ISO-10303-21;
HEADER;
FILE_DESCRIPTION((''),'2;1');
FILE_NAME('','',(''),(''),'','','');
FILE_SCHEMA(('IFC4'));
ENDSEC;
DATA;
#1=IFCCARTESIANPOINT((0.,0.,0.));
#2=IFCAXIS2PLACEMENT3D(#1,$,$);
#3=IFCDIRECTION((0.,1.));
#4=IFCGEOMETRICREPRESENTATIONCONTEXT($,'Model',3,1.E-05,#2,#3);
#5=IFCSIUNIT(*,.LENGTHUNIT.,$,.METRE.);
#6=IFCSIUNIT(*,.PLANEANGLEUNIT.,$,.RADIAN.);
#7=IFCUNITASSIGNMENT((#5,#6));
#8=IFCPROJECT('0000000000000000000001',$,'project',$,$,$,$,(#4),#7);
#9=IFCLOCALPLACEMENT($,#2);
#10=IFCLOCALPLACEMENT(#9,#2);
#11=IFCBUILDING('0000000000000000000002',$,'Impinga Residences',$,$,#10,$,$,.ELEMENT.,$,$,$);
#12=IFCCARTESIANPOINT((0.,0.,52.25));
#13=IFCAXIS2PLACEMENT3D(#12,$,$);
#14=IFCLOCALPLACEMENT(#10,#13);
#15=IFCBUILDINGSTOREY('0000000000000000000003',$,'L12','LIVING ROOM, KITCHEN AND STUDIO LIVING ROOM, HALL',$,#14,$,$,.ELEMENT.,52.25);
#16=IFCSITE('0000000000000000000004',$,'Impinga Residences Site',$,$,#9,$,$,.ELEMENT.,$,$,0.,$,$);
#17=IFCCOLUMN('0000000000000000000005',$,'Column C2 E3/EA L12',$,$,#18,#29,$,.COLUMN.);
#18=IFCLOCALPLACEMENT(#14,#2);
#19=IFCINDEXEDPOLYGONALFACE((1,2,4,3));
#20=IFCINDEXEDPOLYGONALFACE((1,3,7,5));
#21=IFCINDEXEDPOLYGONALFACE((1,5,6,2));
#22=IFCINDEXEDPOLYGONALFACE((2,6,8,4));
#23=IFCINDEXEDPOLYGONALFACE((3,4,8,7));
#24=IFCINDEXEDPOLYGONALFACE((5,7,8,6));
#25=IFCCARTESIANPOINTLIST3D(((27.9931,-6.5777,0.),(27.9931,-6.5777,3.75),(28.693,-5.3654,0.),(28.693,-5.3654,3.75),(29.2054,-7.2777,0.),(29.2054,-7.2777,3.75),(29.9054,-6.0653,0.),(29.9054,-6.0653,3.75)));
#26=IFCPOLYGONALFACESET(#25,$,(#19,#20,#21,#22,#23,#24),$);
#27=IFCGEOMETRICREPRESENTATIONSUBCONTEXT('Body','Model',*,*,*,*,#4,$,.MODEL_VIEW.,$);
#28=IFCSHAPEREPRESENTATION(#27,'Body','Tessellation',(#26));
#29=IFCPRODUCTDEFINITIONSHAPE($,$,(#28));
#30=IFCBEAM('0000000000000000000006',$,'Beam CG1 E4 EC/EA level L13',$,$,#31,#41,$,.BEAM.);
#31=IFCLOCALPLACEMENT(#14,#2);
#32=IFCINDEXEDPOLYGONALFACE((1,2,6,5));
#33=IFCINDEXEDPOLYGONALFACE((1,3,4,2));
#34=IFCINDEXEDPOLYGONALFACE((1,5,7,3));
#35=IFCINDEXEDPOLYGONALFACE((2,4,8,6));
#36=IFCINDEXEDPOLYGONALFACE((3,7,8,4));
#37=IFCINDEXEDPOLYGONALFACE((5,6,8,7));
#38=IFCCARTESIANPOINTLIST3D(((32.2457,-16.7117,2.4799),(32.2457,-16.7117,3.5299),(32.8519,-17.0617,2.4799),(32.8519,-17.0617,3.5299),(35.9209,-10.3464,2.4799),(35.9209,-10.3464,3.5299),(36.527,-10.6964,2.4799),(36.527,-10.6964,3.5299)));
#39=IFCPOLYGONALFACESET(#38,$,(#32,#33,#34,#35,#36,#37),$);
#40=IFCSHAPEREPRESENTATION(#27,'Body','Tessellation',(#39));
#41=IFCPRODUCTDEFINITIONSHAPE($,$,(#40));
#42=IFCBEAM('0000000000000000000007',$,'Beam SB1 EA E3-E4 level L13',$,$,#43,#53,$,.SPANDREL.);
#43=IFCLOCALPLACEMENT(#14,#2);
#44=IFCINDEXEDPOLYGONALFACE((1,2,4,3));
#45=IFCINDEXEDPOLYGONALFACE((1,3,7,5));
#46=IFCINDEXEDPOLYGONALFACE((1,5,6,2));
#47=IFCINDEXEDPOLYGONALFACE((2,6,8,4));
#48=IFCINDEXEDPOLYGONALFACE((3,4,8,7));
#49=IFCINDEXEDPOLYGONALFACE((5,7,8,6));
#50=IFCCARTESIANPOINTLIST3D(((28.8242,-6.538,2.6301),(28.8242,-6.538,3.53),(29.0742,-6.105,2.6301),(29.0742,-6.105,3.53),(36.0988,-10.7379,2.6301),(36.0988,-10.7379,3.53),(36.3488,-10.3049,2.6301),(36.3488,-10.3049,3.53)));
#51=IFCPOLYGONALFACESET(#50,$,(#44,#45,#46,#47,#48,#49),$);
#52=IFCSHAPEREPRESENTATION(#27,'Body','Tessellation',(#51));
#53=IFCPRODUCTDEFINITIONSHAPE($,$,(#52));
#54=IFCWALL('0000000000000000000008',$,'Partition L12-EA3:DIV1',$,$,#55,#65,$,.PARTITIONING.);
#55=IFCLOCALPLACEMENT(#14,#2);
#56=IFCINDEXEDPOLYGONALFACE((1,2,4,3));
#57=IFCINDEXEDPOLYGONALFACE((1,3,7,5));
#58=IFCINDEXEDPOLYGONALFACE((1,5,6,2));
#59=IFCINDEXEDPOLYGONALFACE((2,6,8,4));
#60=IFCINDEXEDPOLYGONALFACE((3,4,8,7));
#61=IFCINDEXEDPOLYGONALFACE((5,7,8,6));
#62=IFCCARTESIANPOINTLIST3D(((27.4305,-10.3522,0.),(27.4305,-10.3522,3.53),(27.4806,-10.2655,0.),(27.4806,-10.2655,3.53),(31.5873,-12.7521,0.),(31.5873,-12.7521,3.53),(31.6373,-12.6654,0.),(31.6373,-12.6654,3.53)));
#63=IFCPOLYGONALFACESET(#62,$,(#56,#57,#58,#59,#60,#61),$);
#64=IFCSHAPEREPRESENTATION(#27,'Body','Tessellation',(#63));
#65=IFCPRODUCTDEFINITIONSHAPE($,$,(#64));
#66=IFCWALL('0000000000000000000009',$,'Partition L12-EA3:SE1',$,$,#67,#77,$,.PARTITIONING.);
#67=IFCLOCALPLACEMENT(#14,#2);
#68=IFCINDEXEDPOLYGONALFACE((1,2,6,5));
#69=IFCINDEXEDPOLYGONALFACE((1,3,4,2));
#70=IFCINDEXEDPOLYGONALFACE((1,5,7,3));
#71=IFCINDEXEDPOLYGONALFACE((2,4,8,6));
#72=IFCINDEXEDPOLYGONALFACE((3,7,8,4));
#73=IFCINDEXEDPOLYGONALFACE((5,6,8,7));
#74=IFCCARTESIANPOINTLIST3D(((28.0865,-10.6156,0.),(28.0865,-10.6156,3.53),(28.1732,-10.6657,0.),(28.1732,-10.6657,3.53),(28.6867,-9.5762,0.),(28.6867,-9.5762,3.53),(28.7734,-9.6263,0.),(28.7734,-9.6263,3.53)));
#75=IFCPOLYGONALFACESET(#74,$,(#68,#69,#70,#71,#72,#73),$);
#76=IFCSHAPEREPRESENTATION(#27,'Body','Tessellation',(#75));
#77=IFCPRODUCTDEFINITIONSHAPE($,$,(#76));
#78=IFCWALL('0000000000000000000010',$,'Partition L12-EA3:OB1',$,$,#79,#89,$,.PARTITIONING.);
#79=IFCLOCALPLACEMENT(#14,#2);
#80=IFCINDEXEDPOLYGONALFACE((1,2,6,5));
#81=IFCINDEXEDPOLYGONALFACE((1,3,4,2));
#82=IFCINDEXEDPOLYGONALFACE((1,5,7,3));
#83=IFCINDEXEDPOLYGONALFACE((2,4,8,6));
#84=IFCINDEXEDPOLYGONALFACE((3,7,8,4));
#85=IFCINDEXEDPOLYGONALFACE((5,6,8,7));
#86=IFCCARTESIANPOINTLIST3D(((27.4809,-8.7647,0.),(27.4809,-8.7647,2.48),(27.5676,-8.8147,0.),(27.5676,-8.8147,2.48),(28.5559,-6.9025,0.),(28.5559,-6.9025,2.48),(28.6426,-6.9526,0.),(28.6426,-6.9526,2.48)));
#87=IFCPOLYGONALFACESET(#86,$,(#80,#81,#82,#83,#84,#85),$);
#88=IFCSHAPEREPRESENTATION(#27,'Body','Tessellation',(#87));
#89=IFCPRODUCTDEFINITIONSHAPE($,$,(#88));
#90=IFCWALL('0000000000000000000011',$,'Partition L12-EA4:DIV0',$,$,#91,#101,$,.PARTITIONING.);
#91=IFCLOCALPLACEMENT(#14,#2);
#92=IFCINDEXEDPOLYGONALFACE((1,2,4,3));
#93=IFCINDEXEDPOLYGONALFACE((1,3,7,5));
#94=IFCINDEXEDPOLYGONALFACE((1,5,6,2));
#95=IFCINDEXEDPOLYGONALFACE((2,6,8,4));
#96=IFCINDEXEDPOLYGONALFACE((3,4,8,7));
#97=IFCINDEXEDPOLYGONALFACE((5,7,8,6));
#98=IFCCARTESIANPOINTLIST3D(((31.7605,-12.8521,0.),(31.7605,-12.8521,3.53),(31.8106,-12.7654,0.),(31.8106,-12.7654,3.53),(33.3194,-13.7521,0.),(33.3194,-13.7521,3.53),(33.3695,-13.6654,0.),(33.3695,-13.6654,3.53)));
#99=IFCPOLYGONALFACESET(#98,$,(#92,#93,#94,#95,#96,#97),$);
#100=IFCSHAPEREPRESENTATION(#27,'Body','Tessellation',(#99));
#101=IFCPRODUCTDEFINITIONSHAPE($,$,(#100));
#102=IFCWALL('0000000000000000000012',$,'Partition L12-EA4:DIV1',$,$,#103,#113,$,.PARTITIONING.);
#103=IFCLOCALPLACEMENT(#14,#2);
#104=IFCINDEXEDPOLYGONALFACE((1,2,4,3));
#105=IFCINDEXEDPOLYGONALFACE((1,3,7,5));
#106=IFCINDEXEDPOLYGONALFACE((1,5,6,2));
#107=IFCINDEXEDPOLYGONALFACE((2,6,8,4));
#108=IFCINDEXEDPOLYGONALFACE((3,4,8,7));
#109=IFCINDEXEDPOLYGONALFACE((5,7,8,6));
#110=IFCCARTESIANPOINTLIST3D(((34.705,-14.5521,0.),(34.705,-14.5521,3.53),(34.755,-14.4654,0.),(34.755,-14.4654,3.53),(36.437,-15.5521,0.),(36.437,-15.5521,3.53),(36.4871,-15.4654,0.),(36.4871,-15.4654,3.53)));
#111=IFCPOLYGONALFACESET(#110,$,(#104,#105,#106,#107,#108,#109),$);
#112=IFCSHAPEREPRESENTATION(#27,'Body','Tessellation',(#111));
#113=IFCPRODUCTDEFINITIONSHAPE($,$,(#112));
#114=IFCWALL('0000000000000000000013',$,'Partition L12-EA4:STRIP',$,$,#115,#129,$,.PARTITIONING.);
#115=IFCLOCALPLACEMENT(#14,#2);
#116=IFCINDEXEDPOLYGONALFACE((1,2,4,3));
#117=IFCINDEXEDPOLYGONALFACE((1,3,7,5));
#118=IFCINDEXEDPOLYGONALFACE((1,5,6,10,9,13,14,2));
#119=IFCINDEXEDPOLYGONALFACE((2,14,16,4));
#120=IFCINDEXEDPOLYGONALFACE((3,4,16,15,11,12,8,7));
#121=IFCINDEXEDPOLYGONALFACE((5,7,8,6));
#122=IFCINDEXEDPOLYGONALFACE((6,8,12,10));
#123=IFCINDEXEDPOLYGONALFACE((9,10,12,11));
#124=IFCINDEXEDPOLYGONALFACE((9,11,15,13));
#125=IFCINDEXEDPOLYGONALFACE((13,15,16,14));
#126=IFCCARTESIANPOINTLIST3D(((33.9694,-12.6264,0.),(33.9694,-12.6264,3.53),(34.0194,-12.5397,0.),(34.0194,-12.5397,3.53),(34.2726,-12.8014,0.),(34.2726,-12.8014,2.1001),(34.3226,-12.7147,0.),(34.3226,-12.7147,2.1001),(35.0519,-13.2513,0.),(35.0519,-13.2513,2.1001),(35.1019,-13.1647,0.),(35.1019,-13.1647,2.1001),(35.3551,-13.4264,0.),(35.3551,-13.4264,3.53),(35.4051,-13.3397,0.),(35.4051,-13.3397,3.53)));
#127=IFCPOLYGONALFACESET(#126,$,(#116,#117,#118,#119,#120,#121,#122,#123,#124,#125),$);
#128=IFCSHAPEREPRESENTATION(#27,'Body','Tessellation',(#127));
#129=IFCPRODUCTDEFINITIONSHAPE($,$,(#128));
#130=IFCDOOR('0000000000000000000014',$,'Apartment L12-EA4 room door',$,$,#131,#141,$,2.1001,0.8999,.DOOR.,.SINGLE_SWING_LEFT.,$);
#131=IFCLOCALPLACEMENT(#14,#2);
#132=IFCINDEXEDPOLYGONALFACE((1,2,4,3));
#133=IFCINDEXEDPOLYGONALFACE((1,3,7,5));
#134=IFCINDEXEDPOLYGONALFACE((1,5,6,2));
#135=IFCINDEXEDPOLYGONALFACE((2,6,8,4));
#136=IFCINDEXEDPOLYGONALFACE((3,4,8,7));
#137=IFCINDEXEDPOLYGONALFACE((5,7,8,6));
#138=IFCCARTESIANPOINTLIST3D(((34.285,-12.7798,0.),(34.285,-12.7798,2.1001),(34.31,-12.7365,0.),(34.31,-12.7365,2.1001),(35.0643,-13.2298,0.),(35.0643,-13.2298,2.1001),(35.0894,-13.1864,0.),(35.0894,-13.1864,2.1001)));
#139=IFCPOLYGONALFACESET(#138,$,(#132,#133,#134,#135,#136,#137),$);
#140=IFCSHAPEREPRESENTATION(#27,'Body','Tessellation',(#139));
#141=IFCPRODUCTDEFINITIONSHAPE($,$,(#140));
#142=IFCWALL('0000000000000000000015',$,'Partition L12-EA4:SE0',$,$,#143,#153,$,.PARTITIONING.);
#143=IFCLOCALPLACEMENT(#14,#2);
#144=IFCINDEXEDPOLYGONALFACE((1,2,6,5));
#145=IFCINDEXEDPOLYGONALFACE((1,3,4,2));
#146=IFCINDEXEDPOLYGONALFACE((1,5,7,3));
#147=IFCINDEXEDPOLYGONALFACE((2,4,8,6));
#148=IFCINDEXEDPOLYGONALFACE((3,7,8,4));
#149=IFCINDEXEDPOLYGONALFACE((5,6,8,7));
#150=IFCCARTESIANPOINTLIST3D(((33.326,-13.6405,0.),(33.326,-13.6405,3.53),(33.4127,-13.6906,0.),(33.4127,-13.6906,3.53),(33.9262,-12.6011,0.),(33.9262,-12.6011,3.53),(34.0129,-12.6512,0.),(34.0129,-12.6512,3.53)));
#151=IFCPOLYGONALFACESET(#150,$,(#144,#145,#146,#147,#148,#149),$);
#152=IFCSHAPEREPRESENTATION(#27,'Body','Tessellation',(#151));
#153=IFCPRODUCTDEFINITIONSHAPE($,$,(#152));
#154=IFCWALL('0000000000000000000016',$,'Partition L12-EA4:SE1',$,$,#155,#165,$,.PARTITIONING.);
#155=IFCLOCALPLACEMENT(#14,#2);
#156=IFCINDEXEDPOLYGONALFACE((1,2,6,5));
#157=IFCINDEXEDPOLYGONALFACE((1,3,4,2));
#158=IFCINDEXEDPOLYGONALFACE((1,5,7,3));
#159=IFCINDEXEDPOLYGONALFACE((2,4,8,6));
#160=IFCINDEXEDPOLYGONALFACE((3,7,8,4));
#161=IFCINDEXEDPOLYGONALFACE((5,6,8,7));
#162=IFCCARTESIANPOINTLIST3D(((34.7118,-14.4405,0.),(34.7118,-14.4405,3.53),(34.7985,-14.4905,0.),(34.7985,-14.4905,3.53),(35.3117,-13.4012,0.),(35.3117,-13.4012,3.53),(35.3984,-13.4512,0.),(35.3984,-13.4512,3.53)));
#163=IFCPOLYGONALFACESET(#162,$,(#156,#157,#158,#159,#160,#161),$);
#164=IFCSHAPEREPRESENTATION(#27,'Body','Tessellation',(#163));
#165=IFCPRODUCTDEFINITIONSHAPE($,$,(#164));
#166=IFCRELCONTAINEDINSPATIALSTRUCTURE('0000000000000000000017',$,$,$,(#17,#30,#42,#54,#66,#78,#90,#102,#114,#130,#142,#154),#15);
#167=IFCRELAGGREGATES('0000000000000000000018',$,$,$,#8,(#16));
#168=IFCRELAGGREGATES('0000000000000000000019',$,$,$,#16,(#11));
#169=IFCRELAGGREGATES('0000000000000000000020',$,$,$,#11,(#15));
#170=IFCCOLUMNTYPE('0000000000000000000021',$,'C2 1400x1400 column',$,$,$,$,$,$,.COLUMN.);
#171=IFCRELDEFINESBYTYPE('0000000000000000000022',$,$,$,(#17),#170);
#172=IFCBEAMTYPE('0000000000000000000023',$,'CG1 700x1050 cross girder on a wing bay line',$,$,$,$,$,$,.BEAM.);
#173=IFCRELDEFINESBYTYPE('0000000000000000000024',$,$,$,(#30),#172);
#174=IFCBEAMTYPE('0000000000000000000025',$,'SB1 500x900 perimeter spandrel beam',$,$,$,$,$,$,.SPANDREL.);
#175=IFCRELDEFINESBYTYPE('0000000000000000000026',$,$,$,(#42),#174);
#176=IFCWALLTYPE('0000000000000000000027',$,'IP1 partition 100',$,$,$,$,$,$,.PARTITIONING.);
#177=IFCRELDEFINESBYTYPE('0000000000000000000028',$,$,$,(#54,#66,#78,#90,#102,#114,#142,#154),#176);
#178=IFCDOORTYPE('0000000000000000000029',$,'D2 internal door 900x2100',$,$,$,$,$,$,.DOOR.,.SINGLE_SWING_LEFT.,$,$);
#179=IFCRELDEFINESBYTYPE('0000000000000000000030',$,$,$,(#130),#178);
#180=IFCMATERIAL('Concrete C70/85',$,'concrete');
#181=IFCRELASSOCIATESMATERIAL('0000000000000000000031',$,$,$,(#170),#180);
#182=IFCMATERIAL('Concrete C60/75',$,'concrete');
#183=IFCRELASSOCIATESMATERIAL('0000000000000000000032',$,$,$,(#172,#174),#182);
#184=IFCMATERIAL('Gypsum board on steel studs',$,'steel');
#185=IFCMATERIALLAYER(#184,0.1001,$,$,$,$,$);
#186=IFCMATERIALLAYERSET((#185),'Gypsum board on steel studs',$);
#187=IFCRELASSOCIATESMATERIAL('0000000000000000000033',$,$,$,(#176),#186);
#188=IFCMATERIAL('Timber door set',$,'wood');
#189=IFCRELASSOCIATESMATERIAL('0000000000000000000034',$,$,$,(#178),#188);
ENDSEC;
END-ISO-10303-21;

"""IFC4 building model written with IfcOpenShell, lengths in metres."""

from ifc_helpers import new_model, si_unit, direction, frame, frame_2d, origin, origin_2d, place, context, subcontext, project, spatial, rectangle, extrude, material, layer, layer_set, material_profile, profile_set, type_object, element, fill, save


model = new_model("IFC4")

# Units and contexts
model_context = context("Model", 3, precision=1e-05, world=origin(), true_north=direction((0.0, 1.0)))
body_context = subcontext(model_context, "Body", "Model", "MODEL_VIEW")
ifc_project = project(units=[si_unit("LENGTHUNIT", "METRE"), si_unit("PLANEANGLEUNIT", "RADIAN")], contexts=[model_context])

# Site, building, storey
site_placement = place(None, origin())
site = spatial("IfcSite", under=ifc_project, at=site_placement, Name="Impinga Residences Site", CompositionType="ELEMENT", RefElevation=0.0)
building_placement = place(site_placement, origin())
building = spatial("IfcBuilding", under=site, at=building_placement, Name="Impinga Residences", CompositionType="ELEMENT")
storey_placement = place(building_placement, frame((0.0, 0.0, 52.25)))
storey = spatial("IfcBuildingStorey", under=building, at=storey_placement, Name="L12", Description="LIVING ROOM, KITCHEN AND STUDIO LIVING ROOM, HALL", CompositionType="ELEMENT", Elevation=52.25)

# Column
ifc_material_1 = material(Name="Concrete C70/85", Category="concrete")
ifc_material_profile_1 = material_profile(ifc_material_1, rectangle(XDim=1.3999, YDim=1.3999, at=origin_2d()), Name="RC 1400x1400")
ifc_profile_set_1 = profile_set([ifc_material_profile_1], Name="Concrete C70/85")
column_type = type_object("IfcColumnType", Name="C2 1400x1400 column", PredefinedType="COLUMN", material=ifc_profile_set_1)
column_placement = place(storey_placement, frame((28.9492, -6.3215, 0.0), z_axis=(0.0, 0.0, 1.0), x_axis=(-0.5, -0.866025, 0.0)))
element("IfcColumn", 1, at=column_placement, inside=storey, type_object=column_type, Name="Column C2 E3/EA L12", PredefinedType="COLUMN", context=body_context, shape_type="SweptSolid", body=[
    extrude(rectangle(XDim=1.3999, YDim=1.3999, at=origin_2d()), origin(), (0.0, 0.0, 1.0), 3.75),
])

# Beams
ifc_material_2 = material(Name="Concrete C60/75", Category="concrete")
ifc_material_profile_2 = material_profile(ifc_material_2, rectangle(XDim=0.7, YDim=1.05, at=origin_2d()), Name="RC 700x1050")
ifc_profile_set_2 = profile_set([ifc_material_profile_2], Name="Concrete C60/75")
beam_type_1 = type_object("IfcBeamType", Name="CG1 700x1050 cross girder on a wing bay line", PredefinedType="BEAM", material=ifc_profile_set_2)
beam_1_placement = place(storey_placement, frame((32.5488, -16.8867, 3.0049), z_axis=(0.500008, 0.866021, 0.0), x_axis=(-0.866021, 0.500008, 0.0)))
element("IfcBeam", 2, at=beam_1_placement, inside=storey, type_object=beam_type_1, Name="Beam CG1 E4 EC/EA level L13", PredefinedType="BEAM", context=body_context, shape_type="SweptSolid", body=[
    extrude(rectangle(XDim=0.7, YDim=1.05, at=origin_2d()), origin(), (0.0, 0.0, 1.0), 7.3501),
])
ifc_material_profile_3 = material_profile(ifc_material_2, rectangle(XDim=0.5, YDim=0.8999, at=origin_2d()), Name="RC 500x900")
ifc_profile_set_3 = profile_set([ifc_material_profile_3], Name="Concrete C60/75")
beam_type_2 = type_object("IfcBeamType", Name="SB1 500x900 perimeter spandrel beam", PredefinedType="SPANDREL", material=ifc_profile_set_3)
beam_2_placement = place(storey_placement, frame((28.9492, -6.3215, 3.0801), z_axis=(0.866029, -0.499993, 0.0), x_axis=(0.499993, 0.866029, 0.0)))
element("IfcBeam", 3, at=beam_2_placement, inside=storey, type_object=beam_type_2, Name="Beam SB1 EA E3-E4 level L13", PredefinedType="SPANDREL", context=body_context, shape_type="SweptSolid", body=[
    extrude(rectangle(XDim=0.5, YDim=0.8999, at=origin_2d()), origin(), (0.0, 0.0, 1.0), 8.3999),
])

# Walls
ifc_material_3 = material(Name="Gypsum board on steel studs", Category="steel")
ifc_layer_1 = layer(ifc_material_3, 0.1001)
ifc_layer_set_1 = layer_set([ifc_layer_1], Name="Gypsum board on steel studs")
wall_type_1 = type_object("IfcWallType", Name="IP1 partition 100", PredefinedType="PARTITIONING", material=ifc_layer_set_1)
wall_1_placement = place(storey_placement, frame((27.4556, -10.3088, 0.0), z_axis=(0.0, 0.0, 1.0), x_axis=(0.866025, -0.500001, 0.0)))
element("IfcWall", 4, at=wall_1_placement, inside=storey, type_object=wall_type_1, Name="Partition L12-EA3:DIV1", PredefinedType="PARTITIONING", context=body_context, shape_type="SweptSolid", body=[
    extrude(rectangle(XDim=4.7998, YDim=0.1001, at=frame_2d((2.3999, 0.0))), origin(), (0.0, 0.0, 1.0), 3.53),
])
wall_2_placement = place(storey_placement, frame((28.1299, -10.6406, 0.0), z_axis=(0.0, 0.0, 1.0), x_axis=(0.500034, 0.866006, 0.0)))
element("IfcWall", 5, at=wall_2_placement, inside=storey, type_object=wall_type_1, Name="Partition L12-EA3:SE1", PredefinedType="PARTITIONING", context=body_context, shape_type="SweptSolid", body=[
    extrude(rectangle(XDim=1.2002, YDim=0.1001, at=frame_2d((0.6001, 0.0))), origin(), (0.0, 0.0, 1.0), 3.53),
])
wall_3_placement = place(storey_placement, frame((27.5242, -8.7898, 0.0), z_axis=(0.0, 0.0, 1.0), x_axis=(0.499962, 0.866048, 0.0)))
element("IfcWall", 6, at=wall_3_placement, inside=storey, type_object=wall_type_1, Name="Partition L12-EA3:OB1", PredefinedType="PARTITIONING", context=body_context, shape_type="SweptSolid", body=[
    extrude(rectangle(XDim=2.1501, YDim=0.1001, at=frame_2d((1.0752, 0.0))), origin(), (0.0, 0.0, 1.0), 2.48),
])
wall_4_placement = place(storey_placement, frame((31.7856, -12.8088, 0.0), z_axis=(0.0, 0.0, 1.0), x_axis=(0.866048, -0.499961, 0.0)))
element("IfcWall", 7, at=wall_4_placement, inside=storey, type_object=wall_type_1, Name="Partition L12-EA4:DIV0", PredefinedType="PARTITIONING", context=body_context, shape_type="SweptSolid", body=[
    extrude(rectangle(XDim=1.8, YDim=0.1001, at=frame_2d((0.8999, 0.0))), origin(), (0.0, 0.0, 1.0), 3.53),
])
wall_5_placement = place(storey_placement, frame((34.73, -14.5088, 0.0), z_axis=(0.0, 0.0, 1.0), x_axis=(0.866041, -0.499973, 0.0)))
element("IfcWall", 8, at=wall_5_placement, inside=storey, type_object=wall_type_1, Name="Partition L12-EA4:DIV1", PredefinedType="PARTITIONING", context=body_context, shape_type="SweptSolid", body=[
    extrude(rectangle(XDim=2.0, YDim=0.1001, at=frame_2d((1.0, 0.0))), origin(), (0.0, 0.0, 1.0), 3.53),
])

# Wall, opening, door
wall_6_placement = place(storey_placement, frame((33.9944, -12.583, 0.0), z_axis=(0.0, 0.0, 1.0), x_axis=(0.866028, -0.499995, 0.0)))
wall_6 = element("IfcWall", 9, at=wall_6_placement, inside=storey, type_object=wall_type_1, Name="Partition L12-EA4:STRIP", PredefinedType="PARTITIONING", context=body_context, shape_type="SweptSolid", body=[
    extrude(rectangle(XDim=1.6001, YDim=0.1001, at=frame_2d((0.8, 0.0))), origin(), (0.0, 0.0, 1.0), 3.53),
])
opening_1_placement = place(wall_6_placement, frame((0.3501, 0.0, 0.0)))
opening_1 = element("IfcOpeningElement", 10, at=opening_1_placement, cuts=wall_6, PredefinedType="OPENING", context=body_context, shape_type="SweptSolid", body=[
    extrude(rectangle(XDim=0.8999, YDim=2.1001, at=frame_2d((0.45, 1.05))), frame((0.0, 0.0601, 0.0), z_axis=(0.0, -1.0, 0.0), x_axis=(1.0, 0.0, 0.0)), (0.0, 0.0, 1.0), 0.1201),
])
ifc_material_4 = material(Name="Timber door set", Category="wood")
door_type = type_object("IfcDoorType", Name="D2 internal door 900x2100", OperationType="SINGLE_SWING_LEFT", PredefinedType="DOOR", material=ifc_material_4)
door_1_placement = place(opening_1_placement, origin())
door_1 = element("IfcDoor", 11, at=door_1_placement, inside=storey, type_object=door_type, Name="Apartment L12-EA4 room door", OperationType="SINGLE_SWING_LEFT", OverallHeight=2.1001, OverallWidth=0.8999, PredefinedType="DOOR", context=body_context, shape_type="SweptSolid", body=[
    extrude(rectangle(XDim=0.8999, YDim=2.1001, at=frame_2d((0.45, 1.05))), frame((0.0, 0.0249, 0.0), z_axis=(0.0, -1.0, 0.0), x_axis=(1.0, 0.0, 0.0)), (0.0, 0.0, 1.0), 0.05),
])
fill(opening_1, door_1)

# Walls
wall_7_placement = place(storey_placement, frame((33.3694, -13.6655, 0.0), z_axis=(0.0, 0.0, 1.0), x_axis=(0.500034, 0.866006, 0.0)))
element("IfcWall", 12, at=wall_7_placement, inside=storey, type_object=wall_type_1, Name="Partition L12-EA4:SE0", PredefinedType="PARTITIONING", context=body_context, shape_type="SweptSolid", body=[
    extrude(rectangle(XDim=1.2002, YDim=0.1001, at=frame_2d((0.6001, 0.0))), origin(), (0.0, 0.0, 1.0), 3.53),
])
wall_8_placement = place(storey_placement, frame((34.7551, -14.4656, 0.0), z_axis=(0.0, 0.0, 1.0), x_axis=(0.499881, 0.866094, 0.0)))
element("IfcWall", 13, at=wall_8_placement, inside=storey, type_object=wall_type_1, Name="Partition L12-EA4:SE1", PredefinedType="PARTITIONING", context=body_context, shape_type="SweptSolid", body=[
    extrude(rectangle(XDim=1.2, YDim=0.1001, at=frame_2d((0.6001, 0.0))), origin(), (0.0, 0.0, 1.0), 3.53),
])

save(model, "model.ifc")
